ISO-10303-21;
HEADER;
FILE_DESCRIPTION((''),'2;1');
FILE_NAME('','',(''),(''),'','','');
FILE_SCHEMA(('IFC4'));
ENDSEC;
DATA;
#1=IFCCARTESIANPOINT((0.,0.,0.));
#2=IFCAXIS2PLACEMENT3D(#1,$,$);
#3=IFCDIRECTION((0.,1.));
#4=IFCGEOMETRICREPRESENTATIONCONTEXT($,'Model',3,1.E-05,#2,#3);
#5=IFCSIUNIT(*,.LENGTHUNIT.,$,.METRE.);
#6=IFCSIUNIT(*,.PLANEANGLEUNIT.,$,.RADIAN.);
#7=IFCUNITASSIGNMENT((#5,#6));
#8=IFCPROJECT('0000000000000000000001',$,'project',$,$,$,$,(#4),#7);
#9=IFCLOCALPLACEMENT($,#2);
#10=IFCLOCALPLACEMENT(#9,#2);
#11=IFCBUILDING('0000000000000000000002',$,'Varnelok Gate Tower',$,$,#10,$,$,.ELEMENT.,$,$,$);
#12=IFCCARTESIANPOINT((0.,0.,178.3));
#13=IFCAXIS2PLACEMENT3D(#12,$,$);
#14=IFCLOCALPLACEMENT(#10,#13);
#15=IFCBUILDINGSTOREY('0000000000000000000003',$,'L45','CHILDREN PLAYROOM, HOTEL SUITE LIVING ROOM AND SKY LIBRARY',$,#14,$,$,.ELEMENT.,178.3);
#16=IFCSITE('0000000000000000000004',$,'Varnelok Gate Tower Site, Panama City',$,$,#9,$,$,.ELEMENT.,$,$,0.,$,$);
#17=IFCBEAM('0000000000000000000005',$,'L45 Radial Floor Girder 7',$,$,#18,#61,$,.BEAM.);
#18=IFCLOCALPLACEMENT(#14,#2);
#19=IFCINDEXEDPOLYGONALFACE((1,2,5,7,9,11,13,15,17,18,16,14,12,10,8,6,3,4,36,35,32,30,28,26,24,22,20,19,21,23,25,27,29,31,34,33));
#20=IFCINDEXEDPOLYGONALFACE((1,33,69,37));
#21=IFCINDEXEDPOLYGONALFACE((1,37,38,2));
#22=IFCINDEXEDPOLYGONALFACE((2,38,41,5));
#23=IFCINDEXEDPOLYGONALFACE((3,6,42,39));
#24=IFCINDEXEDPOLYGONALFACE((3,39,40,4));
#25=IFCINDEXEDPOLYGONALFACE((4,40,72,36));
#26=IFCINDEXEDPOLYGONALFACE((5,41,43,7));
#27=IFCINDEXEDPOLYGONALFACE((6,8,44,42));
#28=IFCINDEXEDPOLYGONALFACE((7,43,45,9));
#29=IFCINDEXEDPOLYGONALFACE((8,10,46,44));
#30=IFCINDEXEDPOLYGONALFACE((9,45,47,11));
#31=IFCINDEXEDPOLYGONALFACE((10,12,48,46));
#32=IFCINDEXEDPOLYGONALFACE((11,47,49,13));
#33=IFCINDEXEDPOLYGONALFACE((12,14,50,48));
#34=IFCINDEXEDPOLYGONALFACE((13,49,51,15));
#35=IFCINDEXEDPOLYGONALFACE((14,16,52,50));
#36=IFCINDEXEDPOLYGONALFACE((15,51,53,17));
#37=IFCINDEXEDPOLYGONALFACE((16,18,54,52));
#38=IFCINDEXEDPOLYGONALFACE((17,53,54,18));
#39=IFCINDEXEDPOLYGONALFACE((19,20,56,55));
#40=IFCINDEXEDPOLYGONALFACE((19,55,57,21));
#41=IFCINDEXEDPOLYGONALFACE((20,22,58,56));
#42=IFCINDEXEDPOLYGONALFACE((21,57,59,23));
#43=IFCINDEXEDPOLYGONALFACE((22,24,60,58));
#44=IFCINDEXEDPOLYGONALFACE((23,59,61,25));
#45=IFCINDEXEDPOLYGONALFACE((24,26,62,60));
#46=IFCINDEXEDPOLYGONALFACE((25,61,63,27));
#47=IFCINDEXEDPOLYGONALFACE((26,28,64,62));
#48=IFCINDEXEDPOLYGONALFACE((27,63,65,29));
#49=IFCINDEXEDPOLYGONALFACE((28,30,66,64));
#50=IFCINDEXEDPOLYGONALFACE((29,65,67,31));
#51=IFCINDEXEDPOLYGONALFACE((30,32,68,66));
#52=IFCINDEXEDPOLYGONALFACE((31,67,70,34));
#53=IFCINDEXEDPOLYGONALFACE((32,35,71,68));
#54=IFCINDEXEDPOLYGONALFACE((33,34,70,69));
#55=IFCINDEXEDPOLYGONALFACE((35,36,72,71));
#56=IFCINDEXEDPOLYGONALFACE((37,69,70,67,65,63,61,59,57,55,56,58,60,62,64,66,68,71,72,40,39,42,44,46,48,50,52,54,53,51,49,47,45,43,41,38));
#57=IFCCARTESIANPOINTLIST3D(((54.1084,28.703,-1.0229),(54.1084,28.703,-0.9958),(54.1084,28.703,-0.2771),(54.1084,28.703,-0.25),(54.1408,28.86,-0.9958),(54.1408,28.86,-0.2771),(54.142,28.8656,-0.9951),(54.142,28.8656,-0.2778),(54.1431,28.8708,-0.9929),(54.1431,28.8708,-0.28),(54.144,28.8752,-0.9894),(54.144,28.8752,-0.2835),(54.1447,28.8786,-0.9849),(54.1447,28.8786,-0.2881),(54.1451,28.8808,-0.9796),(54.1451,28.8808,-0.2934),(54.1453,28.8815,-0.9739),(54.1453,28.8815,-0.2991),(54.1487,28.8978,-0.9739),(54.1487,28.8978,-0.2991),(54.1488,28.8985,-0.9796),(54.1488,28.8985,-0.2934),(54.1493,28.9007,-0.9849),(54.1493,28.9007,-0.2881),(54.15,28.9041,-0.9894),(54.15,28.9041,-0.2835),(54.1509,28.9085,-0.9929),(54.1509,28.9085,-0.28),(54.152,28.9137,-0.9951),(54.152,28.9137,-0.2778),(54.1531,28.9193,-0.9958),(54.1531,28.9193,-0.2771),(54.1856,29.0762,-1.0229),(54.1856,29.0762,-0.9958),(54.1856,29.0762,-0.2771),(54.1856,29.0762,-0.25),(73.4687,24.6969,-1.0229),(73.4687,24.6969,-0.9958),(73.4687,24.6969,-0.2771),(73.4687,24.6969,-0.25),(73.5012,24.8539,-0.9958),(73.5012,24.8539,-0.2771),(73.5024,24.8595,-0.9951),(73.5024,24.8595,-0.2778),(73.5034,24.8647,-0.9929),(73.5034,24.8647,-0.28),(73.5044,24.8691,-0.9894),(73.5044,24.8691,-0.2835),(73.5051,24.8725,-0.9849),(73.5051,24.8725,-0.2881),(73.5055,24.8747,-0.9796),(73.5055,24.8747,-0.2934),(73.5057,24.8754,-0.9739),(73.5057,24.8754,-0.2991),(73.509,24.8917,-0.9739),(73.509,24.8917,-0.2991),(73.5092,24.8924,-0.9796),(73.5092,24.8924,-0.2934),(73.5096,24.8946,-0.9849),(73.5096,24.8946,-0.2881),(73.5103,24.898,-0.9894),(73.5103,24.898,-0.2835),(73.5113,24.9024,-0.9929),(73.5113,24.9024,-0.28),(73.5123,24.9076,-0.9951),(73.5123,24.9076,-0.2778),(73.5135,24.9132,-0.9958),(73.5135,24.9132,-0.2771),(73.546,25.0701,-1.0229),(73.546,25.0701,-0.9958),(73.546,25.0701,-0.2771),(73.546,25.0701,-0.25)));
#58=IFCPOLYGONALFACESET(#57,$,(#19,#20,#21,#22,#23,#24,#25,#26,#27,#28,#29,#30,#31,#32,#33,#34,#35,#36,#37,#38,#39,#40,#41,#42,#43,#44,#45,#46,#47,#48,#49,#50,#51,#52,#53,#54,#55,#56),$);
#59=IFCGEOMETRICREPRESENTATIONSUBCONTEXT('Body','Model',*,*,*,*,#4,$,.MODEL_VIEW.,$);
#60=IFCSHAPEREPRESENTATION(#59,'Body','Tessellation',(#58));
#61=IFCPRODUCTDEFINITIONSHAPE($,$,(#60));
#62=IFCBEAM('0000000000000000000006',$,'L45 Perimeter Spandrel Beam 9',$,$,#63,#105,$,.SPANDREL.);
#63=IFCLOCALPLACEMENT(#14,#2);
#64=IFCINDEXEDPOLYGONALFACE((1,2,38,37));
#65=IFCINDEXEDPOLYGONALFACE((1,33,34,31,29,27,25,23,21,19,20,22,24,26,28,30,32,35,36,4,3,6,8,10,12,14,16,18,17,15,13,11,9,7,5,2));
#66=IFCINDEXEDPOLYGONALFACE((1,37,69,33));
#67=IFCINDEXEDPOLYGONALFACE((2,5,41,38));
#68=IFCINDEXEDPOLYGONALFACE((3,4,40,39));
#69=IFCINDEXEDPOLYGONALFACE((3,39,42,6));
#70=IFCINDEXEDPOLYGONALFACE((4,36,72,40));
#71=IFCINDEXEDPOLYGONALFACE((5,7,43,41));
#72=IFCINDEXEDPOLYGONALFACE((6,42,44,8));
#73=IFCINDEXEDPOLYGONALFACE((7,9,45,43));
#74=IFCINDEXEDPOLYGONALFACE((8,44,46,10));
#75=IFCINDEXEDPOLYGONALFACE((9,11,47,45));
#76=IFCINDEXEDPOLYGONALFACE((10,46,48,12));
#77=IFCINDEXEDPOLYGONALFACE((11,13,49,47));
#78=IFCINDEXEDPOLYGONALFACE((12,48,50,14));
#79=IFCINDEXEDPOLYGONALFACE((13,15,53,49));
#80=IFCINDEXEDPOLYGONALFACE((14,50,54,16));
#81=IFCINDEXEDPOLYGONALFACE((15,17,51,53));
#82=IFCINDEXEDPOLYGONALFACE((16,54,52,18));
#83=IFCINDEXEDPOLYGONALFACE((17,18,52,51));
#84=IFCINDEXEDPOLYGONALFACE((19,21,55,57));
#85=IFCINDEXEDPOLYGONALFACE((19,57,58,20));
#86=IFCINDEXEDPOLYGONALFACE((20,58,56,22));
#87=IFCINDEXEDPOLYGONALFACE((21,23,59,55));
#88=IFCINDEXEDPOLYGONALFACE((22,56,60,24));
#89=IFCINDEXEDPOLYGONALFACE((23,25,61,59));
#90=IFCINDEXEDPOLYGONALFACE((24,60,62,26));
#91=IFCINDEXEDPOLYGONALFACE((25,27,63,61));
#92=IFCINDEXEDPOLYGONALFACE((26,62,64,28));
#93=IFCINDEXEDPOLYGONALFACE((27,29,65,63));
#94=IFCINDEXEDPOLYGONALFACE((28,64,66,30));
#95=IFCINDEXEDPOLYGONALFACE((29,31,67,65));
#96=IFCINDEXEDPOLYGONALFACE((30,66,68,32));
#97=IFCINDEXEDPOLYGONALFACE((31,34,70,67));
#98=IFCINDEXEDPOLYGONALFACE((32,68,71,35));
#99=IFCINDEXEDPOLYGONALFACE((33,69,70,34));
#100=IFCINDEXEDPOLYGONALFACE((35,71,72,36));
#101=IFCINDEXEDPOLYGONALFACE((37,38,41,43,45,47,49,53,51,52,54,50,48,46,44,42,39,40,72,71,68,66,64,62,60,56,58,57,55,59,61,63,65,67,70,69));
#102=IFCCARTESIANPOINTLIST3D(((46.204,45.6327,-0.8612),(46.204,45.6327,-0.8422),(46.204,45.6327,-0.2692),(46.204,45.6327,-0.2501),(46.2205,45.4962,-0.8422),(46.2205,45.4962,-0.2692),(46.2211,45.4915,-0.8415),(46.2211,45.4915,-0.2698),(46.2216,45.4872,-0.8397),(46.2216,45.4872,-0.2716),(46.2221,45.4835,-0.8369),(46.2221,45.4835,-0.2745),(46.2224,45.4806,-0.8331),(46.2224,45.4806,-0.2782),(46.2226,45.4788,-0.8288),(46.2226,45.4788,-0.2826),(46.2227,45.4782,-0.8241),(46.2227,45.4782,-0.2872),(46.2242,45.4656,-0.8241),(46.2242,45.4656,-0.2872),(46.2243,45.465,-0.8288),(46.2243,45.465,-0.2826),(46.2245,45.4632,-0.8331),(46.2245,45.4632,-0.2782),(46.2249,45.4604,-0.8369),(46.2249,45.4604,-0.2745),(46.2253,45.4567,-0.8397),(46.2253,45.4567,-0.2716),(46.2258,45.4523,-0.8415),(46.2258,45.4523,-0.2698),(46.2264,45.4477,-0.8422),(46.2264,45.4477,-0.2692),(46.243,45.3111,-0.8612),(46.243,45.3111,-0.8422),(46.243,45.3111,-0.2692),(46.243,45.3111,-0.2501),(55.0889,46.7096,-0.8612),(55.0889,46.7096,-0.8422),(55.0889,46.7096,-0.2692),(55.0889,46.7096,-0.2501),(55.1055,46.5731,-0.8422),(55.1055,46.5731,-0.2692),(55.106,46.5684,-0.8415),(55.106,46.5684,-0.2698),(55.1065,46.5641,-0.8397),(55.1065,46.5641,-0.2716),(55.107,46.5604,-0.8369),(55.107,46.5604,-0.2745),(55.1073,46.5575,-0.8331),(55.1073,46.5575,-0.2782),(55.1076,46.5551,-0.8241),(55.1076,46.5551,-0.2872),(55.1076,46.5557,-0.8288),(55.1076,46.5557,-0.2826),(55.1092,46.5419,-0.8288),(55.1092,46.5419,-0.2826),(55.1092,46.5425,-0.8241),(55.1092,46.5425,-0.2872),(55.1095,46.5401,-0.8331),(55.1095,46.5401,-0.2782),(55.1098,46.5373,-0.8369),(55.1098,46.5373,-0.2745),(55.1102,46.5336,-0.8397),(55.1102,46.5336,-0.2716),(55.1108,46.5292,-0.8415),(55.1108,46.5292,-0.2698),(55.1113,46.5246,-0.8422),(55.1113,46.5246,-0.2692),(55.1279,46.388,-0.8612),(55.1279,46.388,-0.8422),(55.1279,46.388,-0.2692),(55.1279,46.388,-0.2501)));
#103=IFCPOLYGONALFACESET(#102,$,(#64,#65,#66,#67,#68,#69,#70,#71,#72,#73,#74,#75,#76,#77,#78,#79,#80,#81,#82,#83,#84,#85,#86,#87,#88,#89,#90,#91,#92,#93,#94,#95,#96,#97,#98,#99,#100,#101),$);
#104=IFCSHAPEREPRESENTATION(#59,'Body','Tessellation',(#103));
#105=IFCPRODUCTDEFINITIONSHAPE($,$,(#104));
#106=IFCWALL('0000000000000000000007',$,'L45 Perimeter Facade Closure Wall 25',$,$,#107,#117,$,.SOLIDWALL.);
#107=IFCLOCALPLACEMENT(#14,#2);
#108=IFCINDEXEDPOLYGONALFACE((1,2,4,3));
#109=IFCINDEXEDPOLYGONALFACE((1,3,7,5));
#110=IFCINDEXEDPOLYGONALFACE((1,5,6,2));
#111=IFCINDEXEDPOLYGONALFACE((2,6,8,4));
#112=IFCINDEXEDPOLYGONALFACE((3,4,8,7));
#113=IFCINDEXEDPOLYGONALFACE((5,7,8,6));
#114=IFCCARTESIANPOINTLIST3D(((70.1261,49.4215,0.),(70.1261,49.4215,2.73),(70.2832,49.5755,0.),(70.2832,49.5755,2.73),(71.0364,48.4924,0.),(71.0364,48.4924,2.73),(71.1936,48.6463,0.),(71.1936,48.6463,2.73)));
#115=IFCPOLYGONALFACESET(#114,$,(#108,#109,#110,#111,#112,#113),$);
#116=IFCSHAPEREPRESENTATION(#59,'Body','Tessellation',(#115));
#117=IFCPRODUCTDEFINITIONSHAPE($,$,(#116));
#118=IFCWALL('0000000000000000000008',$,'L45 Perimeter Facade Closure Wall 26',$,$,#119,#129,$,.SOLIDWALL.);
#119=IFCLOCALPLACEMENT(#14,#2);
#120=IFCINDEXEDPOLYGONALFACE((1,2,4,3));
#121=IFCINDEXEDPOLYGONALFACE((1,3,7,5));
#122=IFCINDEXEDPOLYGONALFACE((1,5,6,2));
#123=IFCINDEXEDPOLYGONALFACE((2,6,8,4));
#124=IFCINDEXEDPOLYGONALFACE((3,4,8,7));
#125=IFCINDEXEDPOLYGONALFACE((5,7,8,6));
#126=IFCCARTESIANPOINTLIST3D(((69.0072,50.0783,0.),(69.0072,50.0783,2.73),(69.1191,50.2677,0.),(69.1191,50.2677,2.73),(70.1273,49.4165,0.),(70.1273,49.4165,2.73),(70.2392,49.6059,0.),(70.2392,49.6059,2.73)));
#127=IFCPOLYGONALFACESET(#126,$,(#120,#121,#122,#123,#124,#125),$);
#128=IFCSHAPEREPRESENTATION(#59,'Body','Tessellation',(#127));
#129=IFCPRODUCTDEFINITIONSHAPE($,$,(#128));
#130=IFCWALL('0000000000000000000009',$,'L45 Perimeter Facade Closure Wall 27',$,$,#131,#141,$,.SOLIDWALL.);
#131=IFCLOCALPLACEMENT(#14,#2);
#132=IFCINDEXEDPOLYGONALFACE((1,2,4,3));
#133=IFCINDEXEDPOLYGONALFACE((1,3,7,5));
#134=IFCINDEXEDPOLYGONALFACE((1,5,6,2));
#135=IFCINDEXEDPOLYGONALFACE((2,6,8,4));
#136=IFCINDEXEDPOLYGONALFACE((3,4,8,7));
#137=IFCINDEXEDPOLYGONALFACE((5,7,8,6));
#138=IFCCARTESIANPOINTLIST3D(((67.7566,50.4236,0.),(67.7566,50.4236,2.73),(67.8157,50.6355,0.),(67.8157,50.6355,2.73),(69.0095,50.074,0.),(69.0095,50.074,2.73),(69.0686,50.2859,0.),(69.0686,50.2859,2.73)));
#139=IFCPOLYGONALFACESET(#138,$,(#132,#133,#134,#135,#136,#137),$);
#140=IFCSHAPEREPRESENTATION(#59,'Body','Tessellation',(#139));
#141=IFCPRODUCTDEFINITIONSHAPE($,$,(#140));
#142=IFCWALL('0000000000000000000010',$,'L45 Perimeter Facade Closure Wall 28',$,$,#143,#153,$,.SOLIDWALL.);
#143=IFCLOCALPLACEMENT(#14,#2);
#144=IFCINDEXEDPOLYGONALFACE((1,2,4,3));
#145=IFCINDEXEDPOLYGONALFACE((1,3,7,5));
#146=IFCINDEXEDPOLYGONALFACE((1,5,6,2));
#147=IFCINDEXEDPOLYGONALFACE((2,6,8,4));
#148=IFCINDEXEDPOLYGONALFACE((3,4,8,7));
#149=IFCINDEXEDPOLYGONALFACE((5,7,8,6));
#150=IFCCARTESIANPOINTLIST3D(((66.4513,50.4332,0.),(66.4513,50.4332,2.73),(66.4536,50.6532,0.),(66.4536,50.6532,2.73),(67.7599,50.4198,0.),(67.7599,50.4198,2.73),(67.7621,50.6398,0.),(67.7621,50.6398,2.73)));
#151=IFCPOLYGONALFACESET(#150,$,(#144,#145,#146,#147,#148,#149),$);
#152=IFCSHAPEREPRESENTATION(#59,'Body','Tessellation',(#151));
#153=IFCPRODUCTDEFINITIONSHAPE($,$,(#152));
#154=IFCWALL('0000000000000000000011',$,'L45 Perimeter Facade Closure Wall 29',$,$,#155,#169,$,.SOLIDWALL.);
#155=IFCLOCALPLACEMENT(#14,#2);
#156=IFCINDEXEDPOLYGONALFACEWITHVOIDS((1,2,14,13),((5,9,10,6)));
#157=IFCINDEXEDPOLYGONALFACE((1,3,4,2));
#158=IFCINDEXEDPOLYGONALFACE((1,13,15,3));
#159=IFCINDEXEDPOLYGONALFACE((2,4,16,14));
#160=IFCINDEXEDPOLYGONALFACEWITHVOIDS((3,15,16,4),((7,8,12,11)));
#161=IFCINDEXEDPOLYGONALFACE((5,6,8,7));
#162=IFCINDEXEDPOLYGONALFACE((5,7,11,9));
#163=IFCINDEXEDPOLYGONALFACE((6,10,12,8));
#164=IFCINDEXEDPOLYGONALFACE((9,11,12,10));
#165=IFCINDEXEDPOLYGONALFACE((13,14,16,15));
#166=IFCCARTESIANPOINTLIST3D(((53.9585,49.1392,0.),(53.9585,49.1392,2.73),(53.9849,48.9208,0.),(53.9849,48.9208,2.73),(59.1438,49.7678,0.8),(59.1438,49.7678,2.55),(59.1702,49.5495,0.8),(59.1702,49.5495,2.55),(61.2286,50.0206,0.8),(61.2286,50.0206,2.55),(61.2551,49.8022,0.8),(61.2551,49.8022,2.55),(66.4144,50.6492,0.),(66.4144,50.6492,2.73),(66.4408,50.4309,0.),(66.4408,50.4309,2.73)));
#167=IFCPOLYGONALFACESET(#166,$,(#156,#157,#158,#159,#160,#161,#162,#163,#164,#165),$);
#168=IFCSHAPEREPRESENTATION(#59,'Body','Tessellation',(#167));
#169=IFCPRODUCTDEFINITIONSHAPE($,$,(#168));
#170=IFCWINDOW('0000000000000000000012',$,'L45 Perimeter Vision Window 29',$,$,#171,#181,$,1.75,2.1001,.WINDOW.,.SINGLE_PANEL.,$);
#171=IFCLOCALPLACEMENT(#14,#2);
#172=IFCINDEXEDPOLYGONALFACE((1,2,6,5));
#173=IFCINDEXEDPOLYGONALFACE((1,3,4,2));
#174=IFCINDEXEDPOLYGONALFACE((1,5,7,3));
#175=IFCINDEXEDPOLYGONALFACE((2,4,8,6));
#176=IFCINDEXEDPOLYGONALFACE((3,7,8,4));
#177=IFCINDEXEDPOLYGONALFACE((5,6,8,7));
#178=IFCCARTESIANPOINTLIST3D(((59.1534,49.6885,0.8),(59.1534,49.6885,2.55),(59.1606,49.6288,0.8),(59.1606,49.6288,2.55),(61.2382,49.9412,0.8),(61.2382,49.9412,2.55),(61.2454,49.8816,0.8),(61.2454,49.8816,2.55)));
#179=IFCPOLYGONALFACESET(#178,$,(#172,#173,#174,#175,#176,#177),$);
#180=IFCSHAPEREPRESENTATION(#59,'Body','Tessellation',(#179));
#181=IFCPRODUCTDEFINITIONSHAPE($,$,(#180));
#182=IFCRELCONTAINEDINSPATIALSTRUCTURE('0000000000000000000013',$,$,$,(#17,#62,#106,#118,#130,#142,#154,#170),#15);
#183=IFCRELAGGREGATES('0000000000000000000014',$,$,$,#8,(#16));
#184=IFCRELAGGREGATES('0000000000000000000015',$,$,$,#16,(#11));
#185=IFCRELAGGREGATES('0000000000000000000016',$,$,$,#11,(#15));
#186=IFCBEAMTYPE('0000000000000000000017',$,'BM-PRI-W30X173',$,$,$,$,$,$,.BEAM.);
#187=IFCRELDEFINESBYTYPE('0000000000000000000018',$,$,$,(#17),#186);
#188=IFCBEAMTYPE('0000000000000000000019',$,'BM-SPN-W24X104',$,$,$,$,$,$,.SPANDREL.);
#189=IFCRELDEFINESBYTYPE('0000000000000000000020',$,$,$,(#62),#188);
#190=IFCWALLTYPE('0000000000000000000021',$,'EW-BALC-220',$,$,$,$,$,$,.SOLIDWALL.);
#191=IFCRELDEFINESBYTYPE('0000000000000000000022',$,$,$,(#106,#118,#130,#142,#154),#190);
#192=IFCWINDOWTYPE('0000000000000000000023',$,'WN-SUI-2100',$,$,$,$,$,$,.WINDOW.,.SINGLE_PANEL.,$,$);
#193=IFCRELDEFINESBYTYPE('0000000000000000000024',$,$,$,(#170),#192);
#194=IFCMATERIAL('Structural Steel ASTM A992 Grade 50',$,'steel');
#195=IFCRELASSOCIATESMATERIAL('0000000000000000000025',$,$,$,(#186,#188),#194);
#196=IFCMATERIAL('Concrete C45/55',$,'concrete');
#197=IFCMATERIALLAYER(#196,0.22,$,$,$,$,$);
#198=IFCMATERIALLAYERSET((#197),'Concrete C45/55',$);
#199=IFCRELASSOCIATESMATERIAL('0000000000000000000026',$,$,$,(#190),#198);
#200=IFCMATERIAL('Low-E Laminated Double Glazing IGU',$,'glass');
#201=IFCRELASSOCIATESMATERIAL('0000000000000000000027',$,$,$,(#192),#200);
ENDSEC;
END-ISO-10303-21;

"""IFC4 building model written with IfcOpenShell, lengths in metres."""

from ifc_helpers import new_model, si_unit, direction, frame, frame_2d, origin, origin_2d, place, context, subcontext, project, spatial, rectangle, i_section, extrude, material, layer, layer_set, material_profile, profile_set, type_object, element, fill, save


model = new_model("IFC4")

# Units and contexts
model_context = context("Model", 3, precision=1e-05, world=origin(), true_north=direction((0.0, 1.0)))
body_context = subcontext(model_context, "Body", "Model", "MODEL_VIEW")
ifc_project = project(units=[si_unit("LENGTHUNIT", "METRE"), si_unit("PLANEANGLEUNIT", "RADIAN")], contexts=[model_context])

# Site, building, storey
site_placement = place(None, origin())
site = spatial("IfcSite", under=ifc_project, at=site_placement, Name="Varnelok Gate Tower Site, Panama City", CompositionType="ELEMENT", RefElevation=0.0)
building_placement = place(site_placement, origin())
building = spatial("IfcBuilding", under=site, at=building_placement, Name="Varnelok Gate Tower", CompositionType="ELEMENT")
storey_placement = place(building_placement, frame((0.0, 0.0, 178.3)))
storey = spatial("IfcBuildingStorey", under=building, at=storey_placement, Name="L45", Description="CHILDREN PLAYROOM, HOTEL SUITE LIVING ROOM AND SKY LIBRARY", CompositionType="ELEMENT", Elevation=178.3)

# Shared definitions
ifc_material_1 = material(Name="Structural Steel ASTM A992 Grade 50", Category="steel")

# Beams
ifc_material_profile_1 = material_profile(ifc_material_1, i_section(OverallWidth=0.3811, OverallDepth=0.7729, WebThickness=0.0166, FlangeThickness=0.0271, FilletRadius=0.022, at=origin_2d()), Name="W30X173")
ifc_profile_set_1 = profile_set([ifc_material_profile_1], Name="Structural Steel ASTM A992 Grade 50")
beam_type_1 = type_object("IfcBeamType", Name="BM-PRI-W30X173", PredefinedType="BEAM", material=ifc_profile_set_1)
beam_1_placement = place(storey_placement, frame((54.147, 28.8896, -0.6365), z_axis=(0.979255, -0.202631, 0.0), x_axis=(0.202631, 0.979255, 0.0)))
element("IfcBeam", 1, at=beam_1_placement, inside=storey, type_object=beam_type_1, Name="L45 Radial Floor Girder 7", PredefinedType="BEAM", context=body_context, shape_type="SweptSolid", body=[
    extrude(i_section(OverallWidth=0.3811, OverallDepth=0.7729, WebThickness=0.0166, FlangeThickness=0.0271, FilletRadius=0.022, at=origin_2d()), origin(), (0.0, 0.0, 1.0), 19.7705),
])
ifc_material_profile_2 = material_profile(ifc_material_1, i_section(OverallWidth=0.324, OverallDepth=0.6111, WebThickness=0.0127, FlangeThickness=0.019, FilletRadius=0.0181, at=origin_2d()), Name="W24X104")
ifc_profile_set_2 = profile_set([ifc_material_profile_2], Name="Structural Steel ASTM A992 Grade 50")
beam_type_2 = type_object("IfcBeamType", Name="BM-SPN-W24X104", PredefinedType="SPANDREL", material=ifc_profile_set_2)
beam_2_placement = place(storey_placement, frame((55.1084, 46.5488, -0.5557), z_axis=(-0.992735, -0.120324, 0.0), x_axis=(0.120324, -0.992735, 0.0)))
element("IfcBeam", 2, at=beam_2_placement, inside=storey, type_object=beam_type_2, Name="L45 Perimeter Spandrel Beam 9", PredefinedType="SPANDREL", context=body_context, shape_type="SweptSolid", body=[
    extrude(i_section(OverallWidth=0.324, OverallDepth=0.6111, WebThickness=0.0127, FlangeThickness=0.019, FilletRadius=0.0181, at=origin_2d()), origin(), (0.0, 0.0, 1.0), 8.95),
])

# Walls
ifc_material_2 = material(Name="Concrete C45/55", Category="concrete")
ifc_layer_1 = layer(ifc_material_2, 0.22)
ifc_layer_set_1 = layer_set([ifc_layer_1], Name="Concrete C45/55")
wall_type_1 = type_object("IfcWallType", Name="EW-BALC-220", PredefinedType="SOLIDWALL", material=ifc_layer_set_1)
wall_1_placement = place(storey_placement, frame((71.115, 48.5693, 0.0), z_axis=(0.0, 0.0, 1.0), x_axis=(-0.699844, 0.714295, 0.0)))
element("IfcWall", 3, at=wall_1_placement, inside=storey, type_object=wall_type_1, Name="L45 Perimeter Facade Closure Wall 25", PredefinedType="SOLIDWALL", context=body_context, shape_type="SweptSolid", body=[
    extrude(rectangle(XDim=1.3008, YDim=0.22, at=frame_2d((0.6504, 0.0))), origin(), (0.0, 0.0, 1.0), 2.73),
])
wall_2_placement = place(storey_placement, frame((70.1831, 49.5112, 0.0), z_axis=(0.0, 0.0, 1.0), x_axis=(-0.860934, 0.508717, 0.0)))
element("IfcWall", 4, at=wall_2_placement, inside=storey, type_object=wall_type_1, Name="L45 Perimeter Facade Closure Wall 26", PredefinedType="SOLIDWALL", context=body_context, shape_type="SweptSolid", body=[
    extrude(rectangle(XDim=1.301, YDim=0.22, at=frame_2d((0.6504, 0.0))), origin(), (0.0, 0.0, 1.0), 2.73),
])
wall_3_placement = place(storey_placement, frame((69.0391, 50.1799, 0.0), z_axis=(0.0, 0.0, 1.0), x_axis=(-0.963205, 0.268767, 0.0)))
element("IfcWall", 5, at=wall_3_placement, inside=storey, type_object=wall_type_1, Name="L45 Perimeter Facade Closure Wall 27", PredefinedType="SOLIDWALL", context=body_context, shape_type="SweptSolid", body=[
    extrude(rectangle(XDim=1.3008, YDim=0.22, at=frame_2d((0.6504, 0.0))), origin(), (0.0, 0.0, 1.0), 2.73),
])
wall_4_placement = place(storey_placement, frame((67.761, 50.5298, 0.0), z_axis=(0.0, 0.0, 1.0), x_axis=(-0.999947, 0.010261, 0.0)))
element("IfcWall", 6, at=wall_4_placement, inside=storey, type_object=wall_type_1, Name="L45 Perimeter Facade Closure Wall 28", PredefinedType="SOLIDWALL", context=body_context, shape_type="SweptSolid", body=[
    extrude(rectangle(XDim=1.3086, YDim=0.22, at=frame_2d((0.6543, 0.0))), origin(), (0.0, 0.0, 1.0), 2.73),
])

# Wall, opening, window
wall_5_placement = place(storey_placement, frame((66.4275, 50.54, 0.0), z_axis=(0.0, 0.0, 1.0), x_axis=(-0.992732, -0.120348, 0.0)))
wall_5 = element("IfcWall", 7, at=wall_5_placement, inside=storey, type_object=wall_type_1, Name="L45 Perimeter Facade Closure Wall 29", PredefinedType="SOLIDWALL", context=body_context, shape_type="SweptSolid", body=[
    extrude(rectangle(XDim=12.5471, YDim=0.22, at=frame_2d((6.2734, 0.0))), origin(), (0.0, 0.0, 1.0), 2.73),
])
opening_1_placement = place(wall_5_placement, frame((5.2236, 0.0, 0.8)))
opening_1 = element("IfcOpeningElement", 8, at=opening_1_placement, cuts=wall_5, PredefinedType="OPENING", context=body_context, shape_type="SweptSolid", body=[
    extrude(rectangle(XDim=2.1001, YDim=1.75, at=frame_2d((1.05, 0.875))), frame((0.0, 0.1199, 0.0), z_axis=(0.0, -1.0, 0.0), x_axis=(1.0, 0.0, 0.0)), (0.0, 0.0, 1.0), 0.24),
])
ifc_material_3 = material(Name="Low-E Laminated Double Glazing IGU", Category="glass")
window_type = type_object("IfcWindowType", Name="WN-SUI-2100", PartitioningType="SINGLE_PANEL", PredefinedType="WINDOW", material=ifc_material_3)
window_placement = place(opening_1_placement, origin())
window = element("IfcWindow", 9, at=window_placement, inside=storey, type_object=window_type, Name="L45 Perimeter Vision Window 29", OverallHeight=1.75, OverallWidth=2.1001, PartitioningType="SINGLE_PANEL", PredefinedType="WINDOW", context=body_context, shape_type="SweptSolid", body=[
    extrude(rectangle(XDim=2.1001, YDim=1.75, at=frame_2d((1.05, 0.875))), frame((0.0, 0.03, 0.0), z_axis=(0.0, -1.0, 0.0), x_axis=(1.0, 0.0, 0.0)), (0.0, 0.0, 1.0), 0.0601),
])
fill(opening_1, window)

save(model, "model.ifc")
